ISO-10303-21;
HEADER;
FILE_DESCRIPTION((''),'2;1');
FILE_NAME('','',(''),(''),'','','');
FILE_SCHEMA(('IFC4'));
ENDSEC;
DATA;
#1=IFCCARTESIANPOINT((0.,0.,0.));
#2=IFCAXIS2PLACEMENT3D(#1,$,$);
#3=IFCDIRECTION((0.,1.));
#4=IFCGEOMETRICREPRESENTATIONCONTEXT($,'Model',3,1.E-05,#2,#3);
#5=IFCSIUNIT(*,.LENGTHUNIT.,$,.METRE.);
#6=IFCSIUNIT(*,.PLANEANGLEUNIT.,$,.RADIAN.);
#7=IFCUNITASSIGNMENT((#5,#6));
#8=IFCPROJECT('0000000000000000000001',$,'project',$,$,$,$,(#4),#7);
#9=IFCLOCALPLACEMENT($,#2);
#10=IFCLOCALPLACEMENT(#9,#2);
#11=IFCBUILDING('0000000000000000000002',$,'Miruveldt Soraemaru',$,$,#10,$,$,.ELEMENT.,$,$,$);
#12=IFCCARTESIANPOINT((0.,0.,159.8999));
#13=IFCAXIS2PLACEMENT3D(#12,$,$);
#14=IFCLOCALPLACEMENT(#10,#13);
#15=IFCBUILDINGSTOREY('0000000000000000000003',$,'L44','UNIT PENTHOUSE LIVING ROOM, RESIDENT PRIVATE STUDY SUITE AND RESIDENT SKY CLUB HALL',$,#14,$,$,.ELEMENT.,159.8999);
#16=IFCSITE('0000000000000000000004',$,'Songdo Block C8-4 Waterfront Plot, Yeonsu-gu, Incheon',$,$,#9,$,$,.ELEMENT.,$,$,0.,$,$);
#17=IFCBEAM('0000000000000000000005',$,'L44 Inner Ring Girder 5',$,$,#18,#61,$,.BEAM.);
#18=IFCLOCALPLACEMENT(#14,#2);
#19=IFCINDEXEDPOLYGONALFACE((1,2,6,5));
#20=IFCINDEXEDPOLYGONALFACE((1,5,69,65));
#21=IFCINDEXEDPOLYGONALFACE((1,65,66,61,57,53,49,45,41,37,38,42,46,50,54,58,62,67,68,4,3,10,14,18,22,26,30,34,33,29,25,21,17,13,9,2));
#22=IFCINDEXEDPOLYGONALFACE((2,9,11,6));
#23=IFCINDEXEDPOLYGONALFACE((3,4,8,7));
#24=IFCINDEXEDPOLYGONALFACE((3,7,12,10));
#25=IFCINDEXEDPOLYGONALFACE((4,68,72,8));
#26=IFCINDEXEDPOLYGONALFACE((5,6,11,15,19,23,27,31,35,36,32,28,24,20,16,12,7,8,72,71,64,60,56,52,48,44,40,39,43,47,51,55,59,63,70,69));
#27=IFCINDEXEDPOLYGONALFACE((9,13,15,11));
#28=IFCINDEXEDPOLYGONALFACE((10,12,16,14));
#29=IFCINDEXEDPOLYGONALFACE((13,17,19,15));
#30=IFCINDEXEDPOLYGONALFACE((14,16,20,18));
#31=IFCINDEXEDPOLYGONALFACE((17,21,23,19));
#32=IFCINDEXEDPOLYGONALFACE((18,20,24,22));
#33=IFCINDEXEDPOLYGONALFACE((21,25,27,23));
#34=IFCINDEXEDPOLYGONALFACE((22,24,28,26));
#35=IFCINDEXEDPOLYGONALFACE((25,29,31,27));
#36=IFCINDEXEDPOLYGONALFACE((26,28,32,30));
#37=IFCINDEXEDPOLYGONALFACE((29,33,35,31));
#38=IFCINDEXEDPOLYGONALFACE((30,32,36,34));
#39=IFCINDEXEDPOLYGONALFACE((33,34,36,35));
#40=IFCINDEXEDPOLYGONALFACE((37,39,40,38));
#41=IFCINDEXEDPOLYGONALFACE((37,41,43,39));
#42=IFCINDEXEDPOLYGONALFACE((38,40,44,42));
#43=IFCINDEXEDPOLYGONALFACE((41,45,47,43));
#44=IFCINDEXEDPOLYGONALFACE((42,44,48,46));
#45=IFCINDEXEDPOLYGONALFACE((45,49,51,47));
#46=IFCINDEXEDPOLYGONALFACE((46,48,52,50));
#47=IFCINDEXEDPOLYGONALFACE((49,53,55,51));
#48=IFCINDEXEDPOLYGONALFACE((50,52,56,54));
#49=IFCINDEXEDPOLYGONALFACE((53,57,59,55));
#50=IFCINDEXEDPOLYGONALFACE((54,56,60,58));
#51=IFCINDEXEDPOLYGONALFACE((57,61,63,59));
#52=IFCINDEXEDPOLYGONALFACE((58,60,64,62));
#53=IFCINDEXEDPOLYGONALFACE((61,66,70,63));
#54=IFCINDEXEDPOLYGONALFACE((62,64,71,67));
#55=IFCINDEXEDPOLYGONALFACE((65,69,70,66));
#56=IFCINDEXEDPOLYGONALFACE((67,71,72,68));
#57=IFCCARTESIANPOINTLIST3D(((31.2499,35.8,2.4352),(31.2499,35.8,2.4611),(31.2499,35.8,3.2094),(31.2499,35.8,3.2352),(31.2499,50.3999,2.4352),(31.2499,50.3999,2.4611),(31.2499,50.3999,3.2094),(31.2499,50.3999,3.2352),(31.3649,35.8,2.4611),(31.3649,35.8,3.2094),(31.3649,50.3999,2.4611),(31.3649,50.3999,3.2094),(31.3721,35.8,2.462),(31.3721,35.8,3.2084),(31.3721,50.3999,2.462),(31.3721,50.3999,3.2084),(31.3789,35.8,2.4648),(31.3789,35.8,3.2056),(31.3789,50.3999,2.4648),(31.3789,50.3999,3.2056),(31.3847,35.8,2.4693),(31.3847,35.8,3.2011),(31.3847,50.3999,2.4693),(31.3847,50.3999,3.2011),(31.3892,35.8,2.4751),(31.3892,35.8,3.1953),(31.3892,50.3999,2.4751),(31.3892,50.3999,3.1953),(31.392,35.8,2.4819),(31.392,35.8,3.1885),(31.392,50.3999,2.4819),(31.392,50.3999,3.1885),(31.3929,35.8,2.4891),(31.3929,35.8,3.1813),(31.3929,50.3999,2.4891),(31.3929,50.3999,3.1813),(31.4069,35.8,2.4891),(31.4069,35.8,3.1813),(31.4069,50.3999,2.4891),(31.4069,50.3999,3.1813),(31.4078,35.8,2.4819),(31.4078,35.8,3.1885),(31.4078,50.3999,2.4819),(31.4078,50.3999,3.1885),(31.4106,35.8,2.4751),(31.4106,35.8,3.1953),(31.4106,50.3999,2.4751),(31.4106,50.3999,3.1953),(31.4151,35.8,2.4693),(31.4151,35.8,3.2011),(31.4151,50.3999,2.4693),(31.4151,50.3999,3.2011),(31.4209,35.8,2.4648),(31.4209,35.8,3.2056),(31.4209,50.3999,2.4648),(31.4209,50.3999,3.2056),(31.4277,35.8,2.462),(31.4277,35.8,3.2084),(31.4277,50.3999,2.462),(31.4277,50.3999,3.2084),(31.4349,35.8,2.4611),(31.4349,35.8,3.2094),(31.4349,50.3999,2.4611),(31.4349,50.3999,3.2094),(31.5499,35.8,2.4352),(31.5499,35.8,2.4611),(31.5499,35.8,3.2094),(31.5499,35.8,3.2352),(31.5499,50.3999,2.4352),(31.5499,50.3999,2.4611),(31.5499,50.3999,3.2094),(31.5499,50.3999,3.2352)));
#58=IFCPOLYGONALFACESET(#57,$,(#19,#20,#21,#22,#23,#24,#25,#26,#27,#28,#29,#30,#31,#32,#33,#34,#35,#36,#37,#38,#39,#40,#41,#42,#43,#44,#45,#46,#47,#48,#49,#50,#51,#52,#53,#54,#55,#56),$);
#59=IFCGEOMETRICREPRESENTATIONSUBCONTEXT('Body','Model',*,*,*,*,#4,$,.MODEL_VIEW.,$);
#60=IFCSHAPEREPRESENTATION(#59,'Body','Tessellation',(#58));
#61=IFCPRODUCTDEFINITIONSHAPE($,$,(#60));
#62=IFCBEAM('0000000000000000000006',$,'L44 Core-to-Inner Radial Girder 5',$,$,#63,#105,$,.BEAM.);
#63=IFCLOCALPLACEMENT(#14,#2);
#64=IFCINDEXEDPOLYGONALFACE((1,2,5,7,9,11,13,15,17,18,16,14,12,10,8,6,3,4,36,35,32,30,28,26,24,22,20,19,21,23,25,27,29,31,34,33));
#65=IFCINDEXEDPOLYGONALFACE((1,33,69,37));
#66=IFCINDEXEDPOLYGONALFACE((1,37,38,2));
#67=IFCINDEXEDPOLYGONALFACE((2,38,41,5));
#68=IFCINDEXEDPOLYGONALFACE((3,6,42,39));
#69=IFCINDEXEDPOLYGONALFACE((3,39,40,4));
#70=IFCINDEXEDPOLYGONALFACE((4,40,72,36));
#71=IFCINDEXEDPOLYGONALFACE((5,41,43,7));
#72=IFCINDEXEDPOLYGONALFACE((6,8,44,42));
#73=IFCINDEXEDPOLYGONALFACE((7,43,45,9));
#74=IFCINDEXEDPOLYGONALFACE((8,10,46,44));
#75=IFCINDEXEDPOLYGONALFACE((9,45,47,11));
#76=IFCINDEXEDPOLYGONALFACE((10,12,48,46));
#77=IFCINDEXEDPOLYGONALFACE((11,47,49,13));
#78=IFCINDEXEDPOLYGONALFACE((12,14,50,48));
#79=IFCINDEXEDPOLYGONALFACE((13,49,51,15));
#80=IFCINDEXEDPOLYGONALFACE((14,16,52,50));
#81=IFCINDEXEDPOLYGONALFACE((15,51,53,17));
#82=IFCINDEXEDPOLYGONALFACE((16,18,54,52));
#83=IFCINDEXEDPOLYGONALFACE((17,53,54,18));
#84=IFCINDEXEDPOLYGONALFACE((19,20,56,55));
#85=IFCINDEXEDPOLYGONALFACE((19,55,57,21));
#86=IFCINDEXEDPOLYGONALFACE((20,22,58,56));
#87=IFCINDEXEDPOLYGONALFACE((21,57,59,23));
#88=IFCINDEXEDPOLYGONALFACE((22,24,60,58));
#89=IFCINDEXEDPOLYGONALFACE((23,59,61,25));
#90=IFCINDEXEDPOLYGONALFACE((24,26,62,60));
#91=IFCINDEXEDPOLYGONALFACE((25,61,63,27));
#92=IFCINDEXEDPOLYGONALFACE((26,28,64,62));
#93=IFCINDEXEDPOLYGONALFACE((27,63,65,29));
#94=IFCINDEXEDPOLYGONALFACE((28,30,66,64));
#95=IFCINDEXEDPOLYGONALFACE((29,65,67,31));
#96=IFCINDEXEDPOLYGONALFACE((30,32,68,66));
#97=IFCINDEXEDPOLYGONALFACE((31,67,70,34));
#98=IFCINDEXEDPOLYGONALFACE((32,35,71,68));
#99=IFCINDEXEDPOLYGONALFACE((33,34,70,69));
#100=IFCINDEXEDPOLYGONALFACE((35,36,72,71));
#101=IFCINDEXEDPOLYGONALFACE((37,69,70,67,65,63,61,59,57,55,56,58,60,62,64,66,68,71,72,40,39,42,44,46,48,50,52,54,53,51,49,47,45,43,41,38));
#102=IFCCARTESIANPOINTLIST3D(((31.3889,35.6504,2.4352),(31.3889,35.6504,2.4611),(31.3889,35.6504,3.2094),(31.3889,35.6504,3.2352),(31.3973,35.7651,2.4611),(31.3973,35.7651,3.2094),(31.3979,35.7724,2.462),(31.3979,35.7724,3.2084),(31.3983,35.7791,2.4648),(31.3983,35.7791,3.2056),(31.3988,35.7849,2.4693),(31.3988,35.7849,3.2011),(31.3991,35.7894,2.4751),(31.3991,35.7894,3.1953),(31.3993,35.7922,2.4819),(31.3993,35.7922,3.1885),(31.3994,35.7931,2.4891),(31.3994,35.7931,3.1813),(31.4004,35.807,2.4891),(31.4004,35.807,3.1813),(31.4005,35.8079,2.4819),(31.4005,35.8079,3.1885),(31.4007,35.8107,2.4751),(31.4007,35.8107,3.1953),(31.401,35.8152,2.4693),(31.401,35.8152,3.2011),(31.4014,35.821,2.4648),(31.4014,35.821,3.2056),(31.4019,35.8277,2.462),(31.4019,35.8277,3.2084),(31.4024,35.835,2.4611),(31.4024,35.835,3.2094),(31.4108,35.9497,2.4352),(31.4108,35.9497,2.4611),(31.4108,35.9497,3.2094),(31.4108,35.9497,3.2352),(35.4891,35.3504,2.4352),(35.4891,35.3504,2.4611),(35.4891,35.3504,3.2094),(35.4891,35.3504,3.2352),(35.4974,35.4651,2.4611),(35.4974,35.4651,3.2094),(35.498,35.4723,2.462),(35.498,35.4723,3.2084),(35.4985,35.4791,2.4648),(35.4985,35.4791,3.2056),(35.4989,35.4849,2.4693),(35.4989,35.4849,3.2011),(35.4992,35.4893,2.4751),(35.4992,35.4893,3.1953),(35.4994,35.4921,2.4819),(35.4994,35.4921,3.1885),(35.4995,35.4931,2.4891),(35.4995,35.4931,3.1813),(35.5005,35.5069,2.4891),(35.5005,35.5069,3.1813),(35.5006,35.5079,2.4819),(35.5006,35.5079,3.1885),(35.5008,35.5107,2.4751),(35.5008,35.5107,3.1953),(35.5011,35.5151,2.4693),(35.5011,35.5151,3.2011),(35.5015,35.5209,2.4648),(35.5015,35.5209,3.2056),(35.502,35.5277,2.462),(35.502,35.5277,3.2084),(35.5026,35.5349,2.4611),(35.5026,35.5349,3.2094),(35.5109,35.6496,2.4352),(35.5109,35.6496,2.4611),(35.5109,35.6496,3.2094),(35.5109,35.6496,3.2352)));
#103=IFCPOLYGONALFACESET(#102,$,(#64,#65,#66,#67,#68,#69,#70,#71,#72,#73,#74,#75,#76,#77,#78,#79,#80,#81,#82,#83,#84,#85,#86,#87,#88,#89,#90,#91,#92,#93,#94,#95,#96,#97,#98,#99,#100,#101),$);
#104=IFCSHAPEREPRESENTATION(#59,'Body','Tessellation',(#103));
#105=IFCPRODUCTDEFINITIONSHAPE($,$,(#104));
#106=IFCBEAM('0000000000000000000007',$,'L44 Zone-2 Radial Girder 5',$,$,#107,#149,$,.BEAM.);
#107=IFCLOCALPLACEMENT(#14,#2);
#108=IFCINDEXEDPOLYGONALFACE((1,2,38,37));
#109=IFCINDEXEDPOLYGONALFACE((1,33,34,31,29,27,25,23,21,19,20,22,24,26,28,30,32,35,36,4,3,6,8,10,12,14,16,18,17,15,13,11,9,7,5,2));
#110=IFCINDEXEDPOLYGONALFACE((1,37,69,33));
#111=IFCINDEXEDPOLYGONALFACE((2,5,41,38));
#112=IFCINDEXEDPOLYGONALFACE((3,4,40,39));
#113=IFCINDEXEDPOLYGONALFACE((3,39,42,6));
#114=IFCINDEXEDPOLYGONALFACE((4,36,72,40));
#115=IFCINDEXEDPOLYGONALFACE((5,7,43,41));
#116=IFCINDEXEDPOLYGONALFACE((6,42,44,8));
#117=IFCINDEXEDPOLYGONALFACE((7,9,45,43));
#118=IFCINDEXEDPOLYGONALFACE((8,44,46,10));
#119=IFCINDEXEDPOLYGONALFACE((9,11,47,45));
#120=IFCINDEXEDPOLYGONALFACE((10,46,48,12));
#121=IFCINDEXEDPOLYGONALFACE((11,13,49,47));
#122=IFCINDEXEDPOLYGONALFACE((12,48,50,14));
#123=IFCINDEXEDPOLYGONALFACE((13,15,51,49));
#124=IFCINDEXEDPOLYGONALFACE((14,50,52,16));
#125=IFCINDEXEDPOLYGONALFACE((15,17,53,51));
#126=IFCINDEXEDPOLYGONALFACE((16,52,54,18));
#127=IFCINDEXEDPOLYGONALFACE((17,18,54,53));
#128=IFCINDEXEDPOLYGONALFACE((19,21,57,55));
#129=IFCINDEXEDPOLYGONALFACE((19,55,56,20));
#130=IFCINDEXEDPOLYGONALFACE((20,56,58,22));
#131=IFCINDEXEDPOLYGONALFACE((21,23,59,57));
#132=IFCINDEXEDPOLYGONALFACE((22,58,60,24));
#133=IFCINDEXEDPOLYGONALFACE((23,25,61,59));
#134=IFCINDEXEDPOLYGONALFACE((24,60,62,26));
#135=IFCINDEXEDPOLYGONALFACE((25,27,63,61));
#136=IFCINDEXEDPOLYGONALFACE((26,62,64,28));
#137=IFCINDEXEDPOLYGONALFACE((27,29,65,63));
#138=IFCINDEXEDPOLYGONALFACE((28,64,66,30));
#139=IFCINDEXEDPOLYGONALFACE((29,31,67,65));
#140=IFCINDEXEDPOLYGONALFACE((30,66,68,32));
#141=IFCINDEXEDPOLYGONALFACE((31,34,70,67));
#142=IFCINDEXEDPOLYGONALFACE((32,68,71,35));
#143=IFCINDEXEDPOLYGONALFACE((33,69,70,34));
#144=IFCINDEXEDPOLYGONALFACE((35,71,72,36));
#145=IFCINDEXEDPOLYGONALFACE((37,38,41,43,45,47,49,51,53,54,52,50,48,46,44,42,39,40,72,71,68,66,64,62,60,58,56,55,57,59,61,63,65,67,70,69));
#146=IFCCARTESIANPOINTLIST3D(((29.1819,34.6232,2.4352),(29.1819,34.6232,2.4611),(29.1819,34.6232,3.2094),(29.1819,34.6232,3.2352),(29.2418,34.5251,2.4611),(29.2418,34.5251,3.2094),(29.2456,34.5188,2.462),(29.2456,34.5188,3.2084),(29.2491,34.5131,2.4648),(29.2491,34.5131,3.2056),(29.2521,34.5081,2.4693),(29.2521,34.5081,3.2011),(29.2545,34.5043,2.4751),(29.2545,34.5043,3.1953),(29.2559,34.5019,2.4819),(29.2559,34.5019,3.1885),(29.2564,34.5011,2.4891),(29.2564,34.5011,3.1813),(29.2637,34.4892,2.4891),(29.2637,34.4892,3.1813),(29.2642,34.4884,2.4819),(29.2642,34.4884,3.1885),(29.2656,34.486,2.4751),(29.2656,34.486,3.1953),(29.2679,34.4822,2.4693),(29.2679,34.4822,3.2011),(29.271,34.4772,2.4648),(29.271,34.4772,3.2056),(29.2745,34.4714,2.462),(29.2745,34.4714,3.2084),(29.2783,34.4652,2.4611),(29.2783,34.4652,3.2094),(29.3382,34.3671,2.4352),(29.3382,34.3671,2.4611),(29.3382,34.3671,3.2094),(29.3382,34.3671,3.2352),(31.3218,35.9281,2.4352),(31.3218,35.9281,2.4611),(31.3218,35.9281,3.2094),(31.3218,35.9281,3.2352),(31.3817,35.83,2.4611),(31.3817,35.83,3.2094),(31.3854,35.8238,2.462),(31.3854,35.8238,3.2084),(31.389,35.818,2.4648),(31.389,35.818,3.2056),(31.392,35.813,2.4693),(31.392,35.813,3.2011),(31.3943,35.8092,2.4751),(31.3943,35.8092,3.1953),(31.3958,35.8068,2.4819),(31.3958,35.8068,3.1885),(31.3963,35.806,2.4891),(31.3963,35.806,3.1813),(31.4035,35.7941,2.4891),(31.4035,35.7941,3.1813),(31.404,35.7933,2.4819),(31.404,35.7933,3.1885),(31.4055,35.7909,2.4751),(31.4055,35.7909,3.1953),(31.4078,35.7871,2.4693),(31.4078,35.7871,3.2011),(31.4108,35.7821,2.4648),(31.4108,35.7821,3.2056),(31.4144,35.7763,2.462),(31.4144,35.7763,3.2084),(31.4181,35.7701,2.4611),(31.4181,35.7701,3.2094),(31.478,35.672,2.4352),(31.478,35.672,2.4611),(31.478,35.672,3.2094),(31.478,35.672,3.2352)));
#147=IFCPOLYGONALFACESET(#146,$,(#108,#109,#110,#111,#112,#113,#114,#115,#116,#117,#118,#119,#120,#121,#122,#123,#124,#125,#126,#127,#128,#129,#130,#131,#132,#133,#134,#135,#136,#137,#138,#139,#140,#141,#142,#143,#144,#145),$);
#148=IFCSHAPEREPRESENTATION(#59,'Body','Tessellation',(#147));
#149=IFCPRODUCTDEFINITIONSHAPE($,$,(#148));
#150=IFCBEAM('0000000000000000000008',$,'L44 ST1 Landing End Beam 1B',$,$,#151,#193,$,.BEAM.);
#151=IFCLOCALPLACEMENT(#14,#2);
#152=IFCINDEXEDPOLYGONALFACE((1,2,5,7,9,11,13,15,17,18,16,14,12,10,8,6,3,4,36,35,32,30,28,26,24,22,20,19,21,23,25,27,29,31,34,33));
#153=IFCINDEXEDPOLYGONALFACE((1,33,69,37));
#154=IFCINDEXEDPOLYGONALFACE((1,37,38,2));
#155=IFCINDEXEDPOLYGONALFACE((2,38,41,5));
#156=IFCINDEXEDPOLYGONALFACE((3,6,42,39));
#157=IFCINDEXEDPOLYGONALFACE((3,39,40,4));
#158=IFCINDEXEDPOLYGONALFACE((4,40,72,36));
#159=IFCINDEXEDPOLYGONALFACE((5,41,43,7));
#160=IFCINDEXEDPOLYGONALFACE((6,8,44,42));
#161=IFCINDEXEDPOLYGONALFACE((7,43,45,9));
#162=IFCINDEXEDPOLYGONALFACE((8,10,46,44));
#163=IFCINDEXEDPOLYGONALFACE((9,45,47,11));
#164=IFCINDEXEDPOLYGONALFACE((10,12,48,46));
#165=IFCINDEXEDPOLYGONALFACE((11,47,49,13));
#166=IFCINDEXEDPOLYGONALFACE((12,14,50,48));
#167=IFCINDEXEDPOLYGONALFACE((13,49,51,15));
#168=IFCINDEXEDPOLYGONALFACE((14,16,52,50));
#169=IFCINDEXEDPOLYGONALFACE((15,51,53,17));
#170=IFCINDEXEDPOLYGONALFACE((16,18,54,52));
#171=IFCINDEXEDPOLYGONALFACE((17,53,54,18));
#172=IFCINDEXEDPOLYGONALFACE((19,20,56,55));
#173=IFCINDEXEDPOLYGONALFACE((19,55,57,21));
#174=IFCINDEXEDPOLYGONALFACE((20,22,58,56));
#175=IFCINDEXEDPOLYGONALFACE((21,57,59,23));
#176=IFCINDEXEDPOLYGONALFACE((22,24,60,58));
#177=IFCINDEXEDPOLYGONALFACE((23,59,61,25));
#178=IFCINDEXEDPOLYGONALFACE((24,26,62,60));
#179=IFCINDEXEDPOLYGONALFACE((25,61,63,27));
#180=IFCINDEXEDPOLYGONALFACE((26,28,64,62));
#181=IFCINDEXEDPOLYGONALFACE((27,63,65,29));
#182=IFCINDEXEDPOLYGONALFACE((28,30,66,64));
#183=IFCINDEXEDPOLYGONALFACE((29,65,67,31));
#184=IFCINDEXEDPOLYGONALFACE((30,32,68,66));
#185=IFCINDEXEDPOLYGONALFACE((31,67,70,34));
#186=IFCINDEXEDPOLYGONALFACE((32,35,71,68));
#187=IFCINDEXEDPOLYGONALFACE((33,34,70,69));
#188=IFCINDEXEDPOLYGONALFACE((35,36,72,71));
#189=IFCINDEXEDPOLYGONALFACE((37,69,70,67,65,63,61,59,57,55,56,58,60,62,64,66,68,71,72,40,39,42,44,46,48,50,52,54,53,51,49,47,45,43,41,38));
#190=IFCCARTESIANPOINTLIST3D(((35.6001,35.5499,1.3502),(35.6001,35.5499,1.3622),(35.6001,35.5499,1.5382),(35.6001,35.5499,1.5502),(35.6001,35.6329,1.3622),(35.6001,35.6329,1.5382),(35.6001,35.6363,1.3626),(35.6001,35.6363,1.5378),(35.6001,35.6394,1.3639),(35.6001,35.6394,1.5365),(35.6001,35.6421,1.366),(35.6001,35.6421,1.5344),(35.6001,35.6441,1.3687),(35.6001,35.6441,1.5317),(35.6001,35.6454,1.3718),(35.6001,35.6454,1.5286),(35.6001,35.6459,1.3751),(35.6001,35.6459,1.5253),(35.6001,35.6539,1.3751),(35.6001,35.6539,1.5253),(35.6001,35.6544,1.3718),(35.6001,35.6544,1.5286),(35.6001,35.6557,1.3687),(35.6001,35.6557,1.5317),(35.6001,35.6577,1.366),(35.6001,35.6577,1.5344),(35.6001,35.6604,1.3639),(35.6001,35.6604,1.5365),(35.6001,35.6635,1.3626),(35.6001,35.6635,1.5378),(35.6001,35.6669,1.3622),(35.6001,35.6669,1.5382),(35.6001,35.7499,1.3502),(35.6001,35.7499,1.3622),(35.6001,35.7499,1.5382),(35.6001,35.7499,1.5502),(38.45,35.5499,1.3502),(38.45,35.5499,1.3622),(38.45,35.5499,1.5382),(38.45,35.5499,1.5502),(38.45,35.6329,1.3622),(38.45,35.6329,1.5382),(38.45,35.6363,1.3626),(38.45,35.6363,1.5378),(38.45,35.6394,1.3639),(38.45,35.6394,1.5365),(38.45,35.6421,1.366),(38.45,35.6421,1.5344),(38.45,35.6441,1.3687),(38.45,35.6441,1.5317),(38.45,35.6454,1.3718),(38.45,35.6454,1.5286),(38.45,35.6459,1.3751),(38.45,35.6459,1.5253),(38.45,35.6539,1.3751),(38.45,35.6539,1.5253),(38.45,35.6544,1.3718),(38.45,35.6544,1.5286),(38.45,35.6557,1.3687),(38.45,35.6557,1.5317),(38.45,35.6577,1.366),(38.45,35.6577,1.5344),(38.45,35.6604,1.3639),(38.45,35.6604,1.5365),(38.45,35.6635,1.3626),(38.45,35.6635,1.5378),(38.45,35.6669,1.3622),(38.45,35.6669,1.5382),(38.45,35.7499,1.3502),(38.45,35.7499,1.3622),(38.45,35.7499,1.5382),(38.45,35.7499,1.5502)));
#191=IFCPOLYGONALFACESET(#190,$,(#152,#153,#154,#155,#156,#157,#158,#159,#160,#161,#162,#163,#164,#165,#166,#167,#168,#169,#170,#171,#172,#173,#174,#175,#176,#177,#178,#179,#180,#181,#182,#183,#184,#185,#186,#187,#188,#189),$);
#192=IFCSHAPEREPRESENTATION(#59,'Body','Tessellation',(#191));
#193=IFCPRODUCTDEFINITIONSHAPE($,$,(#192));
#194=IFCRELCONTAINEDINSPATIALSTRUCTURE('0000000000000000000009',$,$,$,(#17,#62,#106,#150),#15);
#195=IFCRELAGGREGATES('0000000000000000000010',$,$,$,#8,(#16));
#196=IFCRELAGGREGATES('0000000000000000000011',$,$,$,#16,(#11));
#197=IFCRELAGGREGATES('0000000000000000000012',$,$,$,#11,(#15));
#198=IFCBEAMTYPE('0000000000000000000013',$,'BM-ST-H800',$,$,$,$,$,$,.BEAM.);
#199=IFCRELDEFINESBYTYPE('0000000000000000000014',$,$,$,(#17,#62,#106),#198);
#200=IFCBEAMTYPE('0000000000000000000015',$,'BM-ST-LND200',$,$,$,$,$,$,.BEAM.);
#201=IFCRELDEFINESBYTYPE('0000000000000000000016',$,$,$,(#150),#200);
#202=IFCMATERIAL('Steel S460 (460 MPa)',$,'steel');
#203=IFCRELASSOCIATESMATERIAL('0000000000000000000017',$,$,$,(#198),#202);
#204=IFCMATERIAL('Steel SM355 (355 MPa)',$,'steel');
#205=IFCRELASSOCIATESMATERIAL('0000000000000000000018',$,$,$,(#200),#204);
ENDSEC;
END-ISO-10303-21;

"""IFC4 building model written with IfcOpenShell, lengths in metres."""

from ifc_helpers import new_model, si_unit, direction, frame, origin, origin_2d, place, context, subcontext, project, spatial, i_section, extrude, material, material_profile, profile_set, type_object, element, save


model = new_model("IFC4")

# Units and contexts
model_context = context("Model", 3, precision=1e-05, world=origin(), true_north=direction((0.0, 1.0)))
body_context = subcontext(model_context, "Body", "Model", "MODEL_VIEW")
ifc_project = project(units=[si_unit("LENGTHUNIT", "METRE"), si_unit("PLANEANGLEUNIT", "RADIAN")], contexts=[model_context])

# Site, building, storey
site_placement = place(None, origin())
site = spatial("IfcSite", under=ifc_project, at=site_placement, Name="Songdo Block C8-4 Waterfront Plot, Yeonsu-gu, Incheon", CompositionType="ELEMENT", RefElevation=0.0)
building_placement = place(site_placement, origin())
building = spatial("IfcBuilding", under=site, at=building_placement, Name="Miruveldt Soraemaru", CompositionType="ELEMENT")
storey_placement = place(building_placement, frame((0.0, 0.0, 159.8999)))
storey = spatial("IfcBuildingStorey", under=building, at=storey_placement, Name="L44", Description="UNIT PENTHOUSE LIVING ROOM, RESIDENT PRIVATE STUDY SUITE AND RESIDENT SKY CLUB HALL", CompositionType="ELEMENT", Elevation=159.8999)

# Beams
ifc_material_1 = material(Name="Steel SM355 (355 MPa)", Category="steel")
ifc_material_2 = material(Name="Steel S460 (460 MPa)", Category="steel")
ifc_material_profile_1 = material_profile(ifc_material_2, i_section(OverallWidth=0.3, OverallDepth=0.8, WebThickness=0.0139, FlangeThickness=0.0259, FilletRadius=0.0281, at=origin_2d()), Name="Steel S460 (460 MPa)", Category="steel")
ifc_profile_set_1 = profile_set([ifc_material_profile_1], Name="Steel S460 (460 MPa)")
beam_type_1 = type_object("IfcBeamType", Name="BM-ST-H800", PredefinedType="BEAM", material=ifc_profile_set_1)
beam_1_placement = place(storey_placement, frame((31.3999, 35.8, 2.8352), z_axis=(0.0, 1.0, 0.0), x_axis=(-1.0, 0.0, 0.0)))
element("IfcBeam", 1, at=beam_1_placement, inside=storey, type_object=beam_type_1, Name="L44 Inner Ring Girder 5", PredefinedType="BEAM", context=body_context, shape_type="SweptSolid", body=[
    extrude(i_section(OverallWidth=0.3, OverallDepth=0.8, WebThickness=0.0139, FlangeThickness=0.0259, FilletRadius=0.0281, at=origin_2d()), origin(), (0.0, 0.0, 1.0), 14.5999),
])
beam_2_placement = place(storey_placement, frame((35.5, 35.5, 2.8352), z_axis=(-0.997333, 0.072986, 0.0), x_axis=(-0.072986, -0.997333, 0.0)))
element("IfcBeam", 2, at=beam_2_placement, inside=storey, type_object=beam_type_1, Name="L44 Core-to-Inner Radial Girder 5", PredefinedType="BEAM", context=body_context, shape_type="SweptSolid", body=[
    extrude(i_section(OverallWidth=0.3, OverallDepth=0.8, WebThickness=0.0139, FlangeThickness=0.0259, FilletRadius=0.0281, at=origin_2d()), origin(), (0.0, 0.0, 1.0), 4.1111),
])
beam_3_placement = place(storey_placement, frame((31.3999, 35.8, 2.8352), z_axis=(-0.853775, -0.520642, 0.0), x_axis=(0.520642, -0.853775, 0.0)))
element("IfcBeam", 3, at=beam_3_placement, inside=storey, type_object=beam_type_1, Name="L44 Zone-2 Radial Girder 5", PredefinedType="BEAM", context=body_context, shape_type="SweptSolid", body=[
    extrude(i_section(OverallWidth=0.3, OverallDepth=0.8, WebThickness=0.0139, FlangeThickness=0.0259, FilletRadius=0.0281, at=origin_2d()), origin(), (0.0, 0.0, 1.0), 2.5063),
])
ifc_material_profile_2 = material_profile(ifc_material_1, i_section(OverallWidth=0.2, OverallDepth=0.2, WebThickness=0.0081, FlangeThickness=0.012, FilletRadius=0.0129, at=origin_2d()), Name="Steel SM355 (355 MPa)", Category="steel")
ifc_profile_set_2 = profile_set([ifc_material_profile_2], Name="Steel SM355 (355 MPa)")
beam_type_2 = type_object("IfcBeamType", Name="BM-ST-LND200", PredefinedType="BEAM", material=ifc_profile_set_2)
beam_4_placement = place(storey_placement, frame((35.6001, 35.6499, 1.4502), z_axis=(1.0, 0.0, 0.0), x_axis=(0.0, 1.0, 0.0)))
element("IfcBeam", 4, at=beam_4_placement, inside=storey, type_object=beam_type_2, Name="L44 ST1 Landing End Beam 1B", PredefinedType="BEAM", context=body_context, shape_type="SweptSolid", body=[
    extrude(i_section(OverallWidth=0.2, OverallDepth=0.2, WebThickness=0.0081, FlangeThickness=0.012, FilletRadius=0.0129, at=origin_2d()), origin(), (0.0, 0.0, 1.0), 2.8499),
])

save(model, "model.ifc")
